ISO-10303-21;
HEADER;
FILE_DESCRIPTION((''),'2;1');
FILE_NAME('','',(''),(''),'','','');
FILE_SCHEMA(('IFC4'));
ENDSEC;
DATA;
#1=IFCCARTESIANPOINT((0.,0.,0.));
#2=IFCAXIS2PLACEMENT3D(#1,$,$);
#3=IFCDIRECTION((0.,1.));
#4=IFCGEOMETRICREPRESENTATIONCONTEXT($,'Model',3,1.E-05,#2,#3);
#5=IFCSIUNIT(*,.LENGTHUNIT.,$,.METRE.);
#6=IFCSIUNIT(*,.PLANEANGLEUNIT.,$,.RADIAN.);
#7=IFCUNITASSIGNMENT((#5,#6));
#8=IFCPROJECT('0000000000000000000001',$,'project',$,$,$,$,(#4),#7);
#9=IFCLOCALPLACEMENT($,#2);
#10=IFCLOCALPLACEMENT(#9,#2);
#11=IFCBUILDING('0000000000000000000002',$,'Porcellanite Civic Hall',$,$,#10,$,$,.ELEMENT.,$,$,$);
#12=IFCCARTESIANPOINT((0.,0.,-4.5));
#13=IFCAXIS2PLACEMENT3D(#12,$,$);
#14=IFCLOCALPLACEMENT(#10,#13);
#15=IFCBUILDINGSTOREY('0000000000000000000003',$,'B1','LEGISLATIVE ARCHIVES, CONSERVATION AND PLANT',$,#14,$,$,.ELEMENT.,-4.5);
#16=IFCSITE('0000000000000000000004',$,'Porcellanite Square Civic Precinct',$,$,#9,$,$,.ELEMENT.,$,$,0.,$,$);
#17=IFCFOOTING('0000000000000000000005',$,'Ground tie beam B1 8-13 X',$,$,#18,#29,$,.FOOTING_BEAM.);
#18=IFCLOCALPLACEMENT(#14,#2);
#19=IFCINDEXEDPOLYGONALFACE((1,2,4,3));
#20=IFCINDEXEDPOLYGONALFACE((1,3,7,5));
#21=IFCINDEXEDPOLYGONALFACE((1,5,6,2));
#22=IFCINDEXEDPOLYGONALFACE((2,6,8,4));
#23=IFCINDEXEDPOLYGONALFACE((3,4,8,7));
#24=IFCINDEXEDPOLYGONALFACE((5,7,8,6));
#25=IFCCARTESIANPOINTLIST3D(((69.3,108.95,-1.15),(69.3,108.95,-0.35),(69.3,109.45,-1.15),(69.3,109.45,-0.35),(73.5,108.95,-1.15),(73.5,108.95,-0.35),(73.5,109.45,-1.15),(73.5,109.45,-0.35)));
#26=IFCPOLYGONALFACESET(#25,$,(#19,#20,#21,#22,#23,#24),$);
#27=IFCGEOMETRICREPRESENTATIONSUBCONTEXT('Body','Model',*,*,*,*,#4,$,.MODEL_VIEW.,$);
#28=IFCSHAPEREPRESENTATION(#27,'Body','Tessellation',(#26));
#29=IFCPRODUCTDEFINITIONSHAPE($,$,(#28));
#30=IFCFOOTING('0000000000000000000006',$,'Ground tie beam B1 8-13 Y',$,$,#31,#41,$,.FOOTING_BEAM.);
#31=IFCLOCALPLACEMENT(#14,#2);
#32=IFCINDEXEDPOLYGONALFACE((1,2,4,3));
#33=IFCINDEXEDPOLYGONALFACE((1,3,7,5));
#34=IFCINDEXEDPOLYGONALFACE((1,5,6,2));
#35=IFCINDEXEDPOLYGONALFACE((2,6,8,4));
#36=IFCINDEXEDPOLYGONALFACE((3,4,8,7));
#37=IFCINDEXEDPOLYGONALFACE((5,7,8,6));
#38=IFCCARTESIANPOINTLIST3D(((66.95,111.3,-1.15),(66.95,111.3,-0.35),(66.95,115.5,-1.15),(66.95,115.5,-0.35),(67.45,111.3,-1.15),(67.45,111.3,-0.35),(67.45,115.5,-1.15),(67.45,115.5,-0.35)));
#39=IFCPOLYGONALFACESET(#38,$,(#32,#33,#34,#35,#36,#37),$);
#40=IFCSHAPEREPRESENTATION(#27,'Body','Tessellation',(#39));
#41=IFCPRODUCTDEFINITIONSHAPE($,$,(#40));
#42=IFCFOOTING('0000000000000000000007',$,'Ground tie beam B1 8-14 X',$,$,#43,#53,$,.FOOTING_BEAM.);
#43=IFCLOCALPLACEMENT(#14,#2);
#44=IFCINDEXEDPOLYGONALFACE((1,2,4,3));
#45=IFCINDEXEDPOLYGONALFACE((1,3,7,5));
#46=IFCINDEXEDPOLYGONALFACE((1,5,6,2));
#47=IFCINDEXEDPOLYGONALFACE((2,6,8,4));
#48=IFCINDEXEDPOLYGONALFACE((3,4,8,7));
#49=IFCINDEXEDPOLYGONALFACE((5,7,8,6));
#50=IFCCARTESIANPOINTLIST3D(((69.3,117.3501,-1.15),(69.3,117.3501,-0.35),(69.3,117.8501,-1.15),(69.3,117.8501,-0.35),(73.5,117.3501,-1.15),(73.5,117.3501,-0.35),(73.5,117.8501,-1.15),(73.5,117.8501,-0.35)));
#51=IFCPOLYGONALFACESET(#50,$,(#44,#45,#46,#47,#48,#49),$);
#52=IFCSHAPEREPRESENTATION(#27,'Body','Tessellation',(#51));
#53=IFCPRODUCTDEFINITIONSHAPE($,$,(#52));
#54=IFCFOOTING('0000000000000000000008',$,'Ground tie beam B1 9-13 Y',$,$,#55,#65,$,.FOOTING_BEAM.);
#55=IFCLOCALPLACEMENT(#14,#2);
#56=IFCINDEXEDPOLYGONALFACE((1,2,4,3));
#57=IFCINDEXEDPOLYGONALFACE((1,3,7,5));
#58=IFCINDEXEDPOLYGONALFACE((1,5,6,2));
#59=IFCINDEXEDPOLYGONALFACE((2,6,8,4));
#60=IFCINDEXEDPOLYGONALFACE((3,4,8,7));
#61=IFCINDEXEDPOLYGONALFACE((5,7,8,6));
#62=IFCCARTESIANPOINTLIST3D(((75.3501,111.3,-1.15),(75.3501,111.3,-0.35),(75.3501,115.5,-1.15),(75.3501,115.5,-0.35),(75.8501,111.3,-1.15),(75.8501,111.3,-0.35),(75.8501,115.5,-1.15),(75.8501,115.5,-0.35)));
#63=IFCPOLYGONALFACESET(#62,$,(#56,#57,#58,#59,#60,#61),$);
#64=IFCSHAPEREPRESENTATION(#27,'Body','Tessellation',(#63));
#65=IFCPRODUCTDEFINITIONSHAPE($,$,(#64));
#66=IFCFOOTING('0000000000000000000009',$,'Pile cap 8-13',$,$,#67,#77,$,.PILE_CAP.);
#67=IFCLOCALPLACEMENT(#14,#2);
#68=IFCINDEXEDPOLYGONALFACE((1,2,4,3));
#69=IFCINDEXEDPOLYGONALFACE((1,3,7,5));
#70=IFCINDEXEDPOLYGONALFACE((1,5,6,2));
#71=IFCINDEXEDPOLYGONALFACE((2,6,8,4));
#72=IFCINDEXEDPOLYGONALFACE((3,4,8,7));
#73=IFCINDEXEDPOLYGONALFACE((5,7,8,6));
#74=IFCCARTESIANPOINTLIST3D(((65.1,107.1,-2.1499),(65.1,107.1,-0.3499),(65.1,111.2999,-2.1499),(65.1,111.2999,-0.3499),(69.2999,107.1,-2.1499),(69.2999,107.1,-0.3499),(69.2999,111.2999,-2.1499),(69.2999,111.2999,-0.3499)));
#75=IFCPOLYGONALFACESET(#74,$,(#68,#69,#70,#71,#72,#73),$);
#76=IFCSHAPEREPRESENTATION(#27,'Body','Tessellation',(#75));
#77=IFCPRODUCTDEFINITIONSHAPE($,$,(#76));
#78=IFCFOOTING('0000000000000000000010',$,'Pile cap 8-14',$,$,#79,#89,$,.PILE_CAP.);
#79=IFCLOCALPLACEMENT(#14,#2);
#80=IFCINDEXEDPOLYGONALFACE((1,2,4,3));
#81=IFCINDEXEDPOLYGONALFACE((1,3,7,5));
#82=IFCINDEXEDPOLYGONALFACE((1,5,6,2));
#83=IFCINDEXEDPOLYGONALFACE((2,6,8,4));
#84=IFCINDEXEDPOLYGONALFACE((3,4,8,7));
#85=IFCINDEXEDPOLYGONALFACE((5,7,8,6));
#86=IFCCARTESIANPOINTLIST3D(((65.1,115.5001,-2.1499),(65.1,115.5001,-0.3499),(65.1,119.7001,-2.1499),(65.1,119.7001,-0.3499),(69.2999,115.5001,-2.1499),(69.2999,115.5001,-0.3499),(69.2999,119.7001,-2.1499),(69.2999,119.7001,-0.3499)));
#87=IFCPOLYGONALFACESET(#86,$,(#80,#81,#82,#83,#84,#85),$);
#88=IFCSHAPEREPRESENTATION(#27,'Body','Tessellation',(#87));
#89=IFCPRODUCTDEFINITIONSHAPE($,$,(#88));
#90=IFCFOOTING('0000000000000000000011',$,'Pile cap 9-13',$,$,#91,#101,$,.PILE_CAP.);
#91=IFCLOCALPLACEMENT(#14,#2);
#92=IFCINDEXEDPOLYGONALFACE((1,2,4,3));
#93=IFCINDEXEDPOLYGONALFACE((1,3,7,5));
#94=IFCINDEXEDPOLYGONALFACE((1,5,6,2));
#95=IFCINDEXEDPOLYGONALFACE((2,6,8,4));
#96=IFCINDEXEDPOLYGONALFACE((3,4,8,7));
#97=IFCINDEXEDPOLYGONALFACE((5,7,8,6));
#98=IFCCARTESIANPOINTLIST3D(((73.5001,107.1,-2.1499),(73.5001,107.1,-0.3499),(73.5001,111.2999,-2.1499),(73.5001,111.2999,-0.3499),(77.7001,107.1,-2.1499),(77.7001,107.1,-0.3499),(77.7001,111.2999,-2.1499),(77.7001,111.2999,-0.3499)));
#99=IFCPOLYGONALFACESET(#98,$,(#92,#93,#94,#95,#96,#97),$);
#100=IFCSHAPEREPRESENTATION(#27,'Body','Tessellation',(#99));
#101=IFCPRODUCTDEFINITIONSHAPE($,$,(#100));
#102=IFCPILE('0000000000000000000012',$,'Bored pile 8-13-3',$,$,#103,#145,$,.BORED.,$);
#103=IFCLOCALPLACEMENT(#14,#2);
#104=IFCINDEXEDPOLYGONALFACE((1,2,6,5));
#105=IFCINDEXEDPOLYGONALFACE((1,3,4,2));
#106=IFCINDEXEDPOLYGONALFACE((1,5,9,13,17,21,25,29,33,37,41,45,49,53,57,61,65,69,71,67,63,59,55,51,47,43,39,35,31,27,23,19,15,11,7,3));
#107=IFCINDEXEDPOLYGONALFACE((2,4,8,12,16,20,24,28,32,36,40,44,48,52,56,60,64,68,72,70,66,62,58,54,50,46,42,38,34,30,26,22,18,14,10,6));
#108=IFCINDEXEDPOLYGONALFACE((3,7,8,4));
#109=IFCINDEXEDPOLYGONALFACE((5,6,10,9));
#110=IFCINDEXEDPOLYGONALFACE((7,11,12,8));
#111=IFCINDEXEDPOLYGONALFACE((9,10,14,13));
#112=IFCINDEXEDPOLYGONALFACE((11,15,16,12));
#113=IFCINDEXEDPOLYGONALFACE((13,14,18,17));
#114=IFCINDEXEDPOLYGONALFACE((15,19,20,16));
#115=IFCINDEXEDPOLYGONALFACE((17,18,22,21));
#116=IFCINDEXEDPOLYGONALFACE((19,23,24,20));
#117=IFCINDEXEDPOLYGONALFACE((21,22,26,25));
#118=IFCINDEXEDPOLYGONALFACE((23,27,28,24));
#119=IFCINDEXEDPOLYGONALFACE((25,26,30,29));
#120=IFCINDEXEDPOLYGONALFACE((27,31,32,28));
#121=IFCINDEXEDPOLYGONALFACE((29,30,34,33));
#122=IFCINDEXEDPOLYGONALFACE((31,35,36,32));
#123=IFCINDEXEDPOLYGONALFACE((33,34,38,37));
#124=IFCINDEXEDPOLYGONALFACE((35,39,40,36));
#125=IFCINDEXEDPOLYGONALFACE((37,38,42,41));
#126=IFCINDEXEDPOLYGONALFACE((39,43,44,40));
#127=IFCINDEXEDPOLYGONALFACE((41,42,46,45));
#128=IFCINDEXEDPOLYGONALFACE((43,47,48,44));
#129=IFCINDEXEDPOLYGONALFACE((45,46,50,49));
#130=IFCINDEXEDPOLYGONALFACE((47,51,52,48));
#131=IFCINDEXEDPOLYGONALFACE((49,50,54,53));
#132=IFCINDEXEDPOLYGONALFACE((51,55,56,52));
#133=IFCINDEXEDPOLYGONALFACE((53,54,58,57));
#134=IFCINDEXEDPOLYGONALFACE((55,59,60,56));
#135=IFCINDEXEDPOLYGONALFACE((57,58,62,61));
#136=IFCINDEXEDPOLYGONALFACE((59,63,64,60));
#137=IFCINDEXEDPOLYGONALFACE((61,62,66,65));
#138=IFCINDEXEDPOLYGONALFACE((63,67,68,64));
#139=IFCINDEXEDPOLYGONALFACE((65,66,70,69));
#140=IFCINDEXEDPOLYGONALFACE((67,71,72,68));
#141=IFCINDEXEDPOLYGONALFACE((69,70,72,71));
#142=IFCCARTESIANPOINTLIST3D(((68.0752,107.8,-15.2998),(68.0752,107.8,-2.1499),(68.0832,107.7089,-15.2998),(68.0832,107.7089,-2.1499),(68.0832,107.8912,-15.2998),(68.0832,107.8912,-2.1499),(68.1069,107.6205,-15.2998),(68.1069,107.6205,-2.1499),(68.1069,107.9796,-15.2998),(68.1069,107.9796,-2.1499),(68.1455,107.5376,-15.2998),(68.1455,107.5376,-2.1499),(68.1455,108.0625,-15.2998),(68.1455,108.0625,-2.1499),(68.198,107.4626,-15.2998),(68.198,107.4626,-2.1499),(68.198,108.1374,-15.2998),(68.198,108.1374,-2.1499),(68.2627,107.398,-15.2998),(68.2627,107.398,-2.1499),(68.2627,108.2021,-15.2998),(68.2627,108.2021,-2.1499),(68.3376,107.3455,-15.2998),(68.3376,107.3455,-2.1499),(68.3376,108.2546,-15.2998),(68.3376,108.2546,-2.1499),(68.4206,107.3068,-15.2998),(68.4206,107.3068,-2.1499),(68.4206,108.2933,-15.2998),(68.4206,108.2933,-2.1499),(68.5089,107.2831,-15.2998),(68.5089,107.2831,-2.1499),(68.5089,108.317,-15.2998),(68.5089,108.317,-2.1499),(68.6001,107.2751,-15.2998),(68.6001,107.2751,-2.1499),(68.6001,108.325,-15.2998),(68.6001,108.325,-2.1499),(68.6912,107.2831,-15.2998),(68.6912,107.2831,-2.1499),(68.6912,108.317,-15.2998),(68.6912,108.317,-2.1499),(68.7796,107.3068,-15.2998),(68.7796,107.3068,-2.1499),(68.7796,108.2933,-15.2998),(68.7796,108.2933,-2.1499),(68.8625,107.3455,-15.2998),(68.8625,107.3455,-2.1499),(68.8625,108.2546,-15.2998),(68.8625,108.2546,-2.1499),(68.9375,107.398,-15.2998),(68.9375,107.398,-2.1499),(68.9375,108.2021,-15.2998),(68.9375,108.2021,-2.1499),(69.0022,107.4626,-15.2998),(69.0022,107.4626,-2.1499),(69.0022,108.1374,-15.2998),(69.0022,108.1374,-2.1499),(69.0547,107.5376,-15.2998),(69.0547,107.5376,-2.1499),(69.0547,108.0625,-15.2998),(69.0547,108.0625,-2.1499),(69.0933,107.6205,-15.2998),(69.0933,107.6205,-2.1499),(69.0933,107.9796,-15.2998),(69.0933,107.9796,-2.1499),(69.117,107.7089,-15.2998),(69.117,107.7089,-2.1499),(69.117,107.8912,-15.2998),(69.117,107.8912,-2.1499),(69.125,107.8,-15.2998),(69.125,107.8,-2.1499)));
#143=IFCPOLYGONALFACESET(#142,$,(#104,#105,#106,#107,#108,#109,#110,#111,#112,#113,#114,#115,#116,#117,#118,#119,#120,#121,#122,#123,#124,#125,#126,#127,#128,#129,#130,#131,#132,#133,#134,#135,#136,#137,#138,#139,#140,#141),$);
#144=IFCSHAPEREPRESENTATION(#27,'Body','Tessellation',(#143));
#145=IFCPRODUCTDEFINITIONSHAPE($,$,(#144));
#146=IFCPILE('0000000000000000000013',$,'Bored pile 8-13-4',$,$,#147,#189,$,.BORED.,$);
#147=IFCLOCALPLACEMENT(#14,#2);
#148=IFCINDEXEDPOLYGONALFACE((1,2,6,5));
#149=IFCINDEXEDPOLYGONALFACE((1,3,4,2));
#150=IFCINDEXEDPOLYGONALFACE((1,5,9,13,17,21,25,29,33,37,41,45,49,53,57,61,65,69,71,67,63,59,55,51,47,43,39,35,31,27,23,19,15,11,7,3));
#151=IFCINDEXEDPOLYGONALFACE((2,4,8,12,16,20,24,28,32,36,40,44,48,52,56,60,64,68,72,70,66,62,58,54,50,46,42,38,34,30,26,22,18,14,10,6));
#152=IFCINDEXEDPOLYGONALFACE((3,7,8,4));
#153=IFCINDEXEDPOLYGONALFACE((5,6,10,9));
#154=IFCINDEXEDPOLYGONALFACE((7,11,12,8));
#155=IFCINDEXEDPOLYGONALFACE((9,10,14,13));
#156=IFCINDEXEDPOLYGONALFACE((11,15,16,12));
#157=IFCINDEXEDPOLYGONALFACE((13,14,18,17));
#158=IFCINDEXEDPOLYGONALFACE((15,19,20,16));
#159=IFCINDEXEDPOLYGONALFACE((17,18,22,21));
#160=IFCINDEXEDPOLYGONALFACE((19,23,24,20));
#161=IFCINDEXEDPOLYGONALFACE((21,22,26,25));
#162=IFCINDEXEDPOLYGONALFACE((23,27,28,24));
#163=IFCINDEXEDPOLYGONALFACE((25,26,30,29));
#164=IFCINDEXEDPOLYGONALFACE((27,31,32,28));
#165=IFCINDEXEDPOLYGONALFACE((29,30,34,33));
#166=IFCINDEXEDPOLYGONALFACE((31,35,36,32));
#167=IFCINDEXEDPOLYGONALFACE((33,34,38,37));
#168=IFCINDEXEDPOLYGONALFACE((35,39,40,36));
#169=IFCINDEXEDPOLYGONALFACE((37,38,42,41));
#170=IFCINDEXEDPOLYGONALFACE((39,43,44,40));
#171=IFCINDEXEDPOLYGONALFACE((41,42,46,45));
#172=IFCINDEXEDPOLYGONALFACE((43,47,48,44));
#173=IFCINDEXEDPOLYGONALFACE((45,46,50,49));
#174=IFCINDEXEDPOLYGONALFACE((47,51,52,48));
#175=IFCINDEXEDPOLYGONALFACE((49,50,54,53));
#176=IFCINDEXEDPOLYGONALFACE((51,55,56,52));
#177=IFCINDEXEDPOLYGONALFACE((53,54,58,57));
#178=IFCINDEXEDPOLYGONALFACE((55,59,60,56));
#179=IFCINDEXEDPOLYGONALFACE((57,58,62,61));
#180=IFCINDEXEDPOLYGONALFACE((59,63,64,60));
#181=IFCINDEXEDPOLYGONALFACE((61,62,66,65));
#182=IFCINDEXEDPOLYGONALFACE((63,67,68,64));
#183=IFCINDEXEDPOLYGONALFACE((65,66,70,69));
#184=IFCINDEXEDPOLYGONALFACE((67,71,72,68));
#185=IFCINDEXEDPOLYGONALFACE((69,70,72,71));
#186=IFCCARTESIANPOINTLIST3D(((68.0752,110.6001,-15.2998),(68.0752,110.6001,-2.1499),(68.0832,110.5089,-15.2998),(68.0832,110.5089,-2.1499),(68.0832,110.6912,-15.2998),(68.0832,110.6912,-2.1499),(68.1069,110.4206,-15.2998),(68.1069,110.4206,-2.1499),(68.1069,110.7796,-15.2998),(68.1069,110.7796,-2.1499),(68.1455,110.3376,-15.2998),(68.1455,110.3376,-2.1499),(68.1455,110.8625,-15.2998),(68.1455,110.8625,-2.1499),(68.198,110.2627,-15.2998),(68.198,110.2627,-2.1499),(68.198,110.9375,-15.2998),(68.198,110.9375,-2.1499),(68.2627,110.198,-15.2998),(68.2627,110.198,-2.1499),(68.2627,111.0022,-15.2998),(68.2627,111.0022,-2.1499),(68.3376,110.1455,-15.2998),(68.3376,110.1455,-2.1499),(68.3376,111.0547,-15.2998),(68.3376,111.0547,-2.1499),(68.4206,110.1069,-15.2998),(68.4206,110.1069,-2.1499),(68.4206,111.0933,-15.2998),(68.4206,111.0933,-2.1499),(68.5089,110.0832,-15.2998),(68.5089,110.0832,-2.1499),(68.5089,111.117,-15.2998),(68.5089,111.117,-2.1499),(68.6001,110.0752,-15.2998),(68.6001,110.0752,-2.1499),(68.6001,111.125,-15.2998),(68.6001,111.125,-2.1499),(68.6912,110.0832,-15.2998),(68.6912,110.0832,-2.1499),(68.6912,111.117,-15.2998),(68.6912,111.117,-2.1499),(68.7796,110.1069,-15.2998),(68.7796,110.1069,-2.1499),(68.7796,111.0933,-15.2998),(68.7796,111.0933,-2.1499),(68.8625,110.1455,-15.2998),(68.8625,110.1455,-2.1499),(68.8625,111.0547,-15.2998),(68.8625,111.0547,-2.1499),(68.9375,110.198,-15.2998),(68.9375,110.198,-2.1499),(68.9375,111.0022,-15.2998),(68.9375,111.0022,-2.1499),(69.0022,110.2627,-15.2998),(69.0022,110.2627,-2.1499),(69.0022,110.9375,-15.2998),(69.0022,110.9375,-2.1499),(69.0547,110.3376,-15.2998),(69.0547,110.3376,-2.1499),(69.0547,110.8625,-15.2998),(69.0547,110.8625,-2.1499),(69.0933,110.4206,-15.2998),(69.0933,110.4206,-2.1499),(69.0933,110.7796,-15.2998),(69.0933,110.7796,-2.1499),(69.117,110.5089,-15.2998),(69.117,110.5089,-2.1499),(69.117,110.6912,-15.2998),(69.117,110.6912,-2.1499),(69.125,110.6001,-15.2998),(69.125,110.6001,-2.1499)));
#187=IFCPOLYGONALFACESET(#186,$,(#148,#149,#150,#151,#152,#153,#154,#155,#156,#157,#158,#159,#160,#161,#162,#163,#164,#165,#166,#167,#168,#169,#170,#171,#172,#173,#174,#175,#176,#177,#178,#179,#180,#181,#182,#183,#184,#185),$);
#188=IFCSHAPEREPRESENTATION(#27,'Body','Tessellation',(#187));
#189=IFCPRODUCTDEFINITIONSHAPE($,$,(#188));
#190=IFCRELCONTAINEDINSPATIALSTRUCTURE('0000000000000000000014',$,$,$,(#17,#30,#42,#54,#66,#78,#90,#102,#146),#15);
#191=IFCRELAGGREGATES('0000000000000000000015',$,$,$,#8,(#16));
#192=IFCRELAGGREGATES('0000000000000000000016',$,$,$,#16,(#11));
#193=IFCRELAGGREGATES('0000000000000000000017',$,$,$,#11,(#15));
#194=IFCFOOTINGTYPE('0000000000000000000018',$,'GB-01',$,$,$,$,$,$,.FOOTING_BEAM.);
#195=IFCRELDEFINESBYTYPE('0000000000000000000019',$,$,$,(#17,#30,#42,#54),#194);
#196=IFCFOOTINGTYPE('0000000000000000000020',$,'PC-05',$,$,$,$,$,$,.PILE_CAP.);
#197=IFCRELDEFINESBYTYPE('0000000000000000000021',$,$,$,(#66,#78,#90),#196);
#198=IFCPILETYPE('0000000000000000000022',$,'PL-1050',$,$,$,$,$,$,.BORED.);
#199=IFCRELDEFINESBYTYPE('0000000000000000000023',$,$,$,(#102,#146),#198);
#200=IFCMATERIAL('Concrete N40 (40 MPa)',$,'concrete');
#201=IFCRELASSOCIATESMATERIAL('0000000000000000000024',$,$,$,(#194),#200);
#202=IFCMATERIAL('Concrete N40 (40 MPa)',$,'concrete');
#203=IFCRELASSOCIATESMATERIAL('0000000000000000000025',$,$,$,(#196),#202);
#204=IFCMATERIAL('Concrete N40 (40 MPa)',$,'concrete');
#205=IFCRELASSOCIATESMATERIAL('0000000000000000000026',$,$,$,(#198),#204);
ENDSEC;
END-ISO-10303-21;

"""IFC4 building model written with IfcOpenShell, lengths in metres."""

from ifc_helpers import new_model, si_unit, direction, frame, origin, origin_2d, place, context, subcontext, project, spatial, rectangle, circle, extrude, material, material_profile, profile_set, type_object, element, save


model = new_model("IFC4")

# Units and contexts
model_context = context("Model", 3, precision=1e-05, world=origin(), true_north=direction((0.0, 1.0)))
body_context = subcontext(model_context, "Body", "Model", "MODEL_VIEW")
ifc_project = project(units=[si_unit("LENGTHUNIT", "METRE"), si_unit("PLANEANGLEUNIT", "RADIAN")], contexts=[model_context])

# Site, building, storey
site_placement = place(None, origin())
site = spatial("IfcSite", under=ifc_project, at=site_placement, Name="Porcellanite Square Civic Precinct", CompositionType="ELEMENT", RefElevation=0.0)
building_placement = place(site_placement, origin())
building = spatial("IfcBuilding", under=site, at=building_placement, Name="Porcellanite Civic Hall", CompositionType="ELEMENT")
storey_placement = place(building_placement, frame((0.0, 0.0, -4.5)))
storey = spatial("IfcBuildingStorey", under=building, at=storey_placement, Name="B1", Description="LEGISLATIVE ARCHIVES, CONSERVATION AND PLANT", CompositionType="ELEMENT", Elevation=-4.5)

# Footings
ifc_material_1 = material(Name="Concrete N40 (40 MPa)", Category="concrete")
ifc_material_profile_1 = material_profile(ifc_material_1, rectangle(XDim=0.5, YDim=0.8, at=origin_2d()), Name="RC-500x800")
ifc_profile_set_1 = profile_set([ifc_material_profile_1], Name="Concrete N40 (40 MPa)")
footing_type_1 = type_object("IfcFootingType", Name="GB-01", PredefinedType="FOOTING_BEAM", material=ifc_profile_set_1)
for number, where, z_axis, x_axis, name in (
    (1, (69.3, 109.2, -0.75), (1.0, 0.0, 0.0), (0.0, 1.0, 0.0), "Ground tie beam B1 8-13 X"),
    (2, (67.2, 111.3, -0.75), (0.0, 1.0, 0.0), (-1.0, 0.0, 0.0), "Ground tie beam B1 8-13 Y"),
    (3, (69.3, 117.6001, -0.75), (1.0, 0.0, 0.0), (0.0, 1.0, 0.0), "Ground tie beam B1 8-14 X"),
    (4, (75.6001, 111.3, -0.75), (0.0, 1.0, 0.0), (-1.0, 0.0, 0.0), "Ground tie beam B1 9-13 Y"),
):
    element("IfcFooting", number, at=place(storey_placement, frame(where, z_axis=z_axis, x_axis=x_axis)), inside=storey, type_object=footing_type_1, Name=name, PredefinedType="FOOTING_BEAM", context=body_context, shape_type="SweptSolid", body=[
        extrude(rectangle(XDim=0.5, YDim=0.8, at=origin_2d()), origin(), (0.0, 0.0, 1.0), 4.2),
    ])
ifc_material_2 = material(Name="Concrete N40 (40 MPa)", Category="concrete")
footing_type_2 = type_object("IfcFootingType", Name="PC-05", PredefinedType="PILE_CAP", material=ifc_material_2)
for number, where, z_axis, x_axis, name in (
    (5, (67.2, 109.2, -2.1499), (0.0, 0.0, 1.0), (1.0, 0.0, 0.0), "Pile cap 8-13"),
    (6, (67.2, 117.6001, -2.1499), (0.0, 0.0, 1.0), (1.0, 0.0, 0.0), "Pile cap 8-14"),
    (7, (75.6001, 109.2, -2.1499), (0.0, 0.0, 1.0), (1.0, 0.0, 0.0), "Pile cap 9-13"),
):
    element("IfcFooting", number, at=place(storey_placement, frame(where, z_axis=z_axis, x_axis=x_axis)), inside=storey, type_object=footing_type_2, Name=name, PredefinedType="PILE_CAP", context=body_context, shape_type="SweptSolid", body=[
        extrude(rectangle(XDim=4.2, YDim=4.2, at=origin_2d()), origin(), (0.0, 0.0, 1.0), 1.8),
    ])

# Piles
ifc_material_3 = material(Name="Concrete N40 (40 MPa)", Category="concrete")
ifc_material_profile_2 = material_profile(ifc_material_3, circle(Radius=0.5249, at=origin_2d()), Name="PILE-D1050")
ifc_profile_set_2 = profile_set([ifc_material_profile_2], Name="Concrete N40 (40 MPa)")
pile_type = type_object("IfcPileType", Name="PL-1050", PredefinedType="BORED", material=ifc_profile_set_2)
for number, where, z_axis, x_axis, name in (
    (8, (68.6001, 107.8, -2.1499), (0.0, 0.0, -1.0), (1.0, 0.0, 0.0), "Bored pile 8-13-3"),
    (9, (68.6001, 110.6001, -2.1499), (0.0, 0.0, -1.0), (1.0, 0.0, 0.0), "Bored pile 8-13-4"),
):
    element("IfcPile", number, at=place(storey_placement, frame(where, z_axis=z_axis, x_axis=x_axis)), inside=storey, type_object=pile_type, Name=name, PredefinedType="BORED", context=body_context, shape_type="SweptSolid", body=[
        extrude(circle(Radius=0.5249, at=origin_2d()), origin(), (0.0, 0.0, 1.0), 13.1499),
    ])

save(model, "model.ifc")
